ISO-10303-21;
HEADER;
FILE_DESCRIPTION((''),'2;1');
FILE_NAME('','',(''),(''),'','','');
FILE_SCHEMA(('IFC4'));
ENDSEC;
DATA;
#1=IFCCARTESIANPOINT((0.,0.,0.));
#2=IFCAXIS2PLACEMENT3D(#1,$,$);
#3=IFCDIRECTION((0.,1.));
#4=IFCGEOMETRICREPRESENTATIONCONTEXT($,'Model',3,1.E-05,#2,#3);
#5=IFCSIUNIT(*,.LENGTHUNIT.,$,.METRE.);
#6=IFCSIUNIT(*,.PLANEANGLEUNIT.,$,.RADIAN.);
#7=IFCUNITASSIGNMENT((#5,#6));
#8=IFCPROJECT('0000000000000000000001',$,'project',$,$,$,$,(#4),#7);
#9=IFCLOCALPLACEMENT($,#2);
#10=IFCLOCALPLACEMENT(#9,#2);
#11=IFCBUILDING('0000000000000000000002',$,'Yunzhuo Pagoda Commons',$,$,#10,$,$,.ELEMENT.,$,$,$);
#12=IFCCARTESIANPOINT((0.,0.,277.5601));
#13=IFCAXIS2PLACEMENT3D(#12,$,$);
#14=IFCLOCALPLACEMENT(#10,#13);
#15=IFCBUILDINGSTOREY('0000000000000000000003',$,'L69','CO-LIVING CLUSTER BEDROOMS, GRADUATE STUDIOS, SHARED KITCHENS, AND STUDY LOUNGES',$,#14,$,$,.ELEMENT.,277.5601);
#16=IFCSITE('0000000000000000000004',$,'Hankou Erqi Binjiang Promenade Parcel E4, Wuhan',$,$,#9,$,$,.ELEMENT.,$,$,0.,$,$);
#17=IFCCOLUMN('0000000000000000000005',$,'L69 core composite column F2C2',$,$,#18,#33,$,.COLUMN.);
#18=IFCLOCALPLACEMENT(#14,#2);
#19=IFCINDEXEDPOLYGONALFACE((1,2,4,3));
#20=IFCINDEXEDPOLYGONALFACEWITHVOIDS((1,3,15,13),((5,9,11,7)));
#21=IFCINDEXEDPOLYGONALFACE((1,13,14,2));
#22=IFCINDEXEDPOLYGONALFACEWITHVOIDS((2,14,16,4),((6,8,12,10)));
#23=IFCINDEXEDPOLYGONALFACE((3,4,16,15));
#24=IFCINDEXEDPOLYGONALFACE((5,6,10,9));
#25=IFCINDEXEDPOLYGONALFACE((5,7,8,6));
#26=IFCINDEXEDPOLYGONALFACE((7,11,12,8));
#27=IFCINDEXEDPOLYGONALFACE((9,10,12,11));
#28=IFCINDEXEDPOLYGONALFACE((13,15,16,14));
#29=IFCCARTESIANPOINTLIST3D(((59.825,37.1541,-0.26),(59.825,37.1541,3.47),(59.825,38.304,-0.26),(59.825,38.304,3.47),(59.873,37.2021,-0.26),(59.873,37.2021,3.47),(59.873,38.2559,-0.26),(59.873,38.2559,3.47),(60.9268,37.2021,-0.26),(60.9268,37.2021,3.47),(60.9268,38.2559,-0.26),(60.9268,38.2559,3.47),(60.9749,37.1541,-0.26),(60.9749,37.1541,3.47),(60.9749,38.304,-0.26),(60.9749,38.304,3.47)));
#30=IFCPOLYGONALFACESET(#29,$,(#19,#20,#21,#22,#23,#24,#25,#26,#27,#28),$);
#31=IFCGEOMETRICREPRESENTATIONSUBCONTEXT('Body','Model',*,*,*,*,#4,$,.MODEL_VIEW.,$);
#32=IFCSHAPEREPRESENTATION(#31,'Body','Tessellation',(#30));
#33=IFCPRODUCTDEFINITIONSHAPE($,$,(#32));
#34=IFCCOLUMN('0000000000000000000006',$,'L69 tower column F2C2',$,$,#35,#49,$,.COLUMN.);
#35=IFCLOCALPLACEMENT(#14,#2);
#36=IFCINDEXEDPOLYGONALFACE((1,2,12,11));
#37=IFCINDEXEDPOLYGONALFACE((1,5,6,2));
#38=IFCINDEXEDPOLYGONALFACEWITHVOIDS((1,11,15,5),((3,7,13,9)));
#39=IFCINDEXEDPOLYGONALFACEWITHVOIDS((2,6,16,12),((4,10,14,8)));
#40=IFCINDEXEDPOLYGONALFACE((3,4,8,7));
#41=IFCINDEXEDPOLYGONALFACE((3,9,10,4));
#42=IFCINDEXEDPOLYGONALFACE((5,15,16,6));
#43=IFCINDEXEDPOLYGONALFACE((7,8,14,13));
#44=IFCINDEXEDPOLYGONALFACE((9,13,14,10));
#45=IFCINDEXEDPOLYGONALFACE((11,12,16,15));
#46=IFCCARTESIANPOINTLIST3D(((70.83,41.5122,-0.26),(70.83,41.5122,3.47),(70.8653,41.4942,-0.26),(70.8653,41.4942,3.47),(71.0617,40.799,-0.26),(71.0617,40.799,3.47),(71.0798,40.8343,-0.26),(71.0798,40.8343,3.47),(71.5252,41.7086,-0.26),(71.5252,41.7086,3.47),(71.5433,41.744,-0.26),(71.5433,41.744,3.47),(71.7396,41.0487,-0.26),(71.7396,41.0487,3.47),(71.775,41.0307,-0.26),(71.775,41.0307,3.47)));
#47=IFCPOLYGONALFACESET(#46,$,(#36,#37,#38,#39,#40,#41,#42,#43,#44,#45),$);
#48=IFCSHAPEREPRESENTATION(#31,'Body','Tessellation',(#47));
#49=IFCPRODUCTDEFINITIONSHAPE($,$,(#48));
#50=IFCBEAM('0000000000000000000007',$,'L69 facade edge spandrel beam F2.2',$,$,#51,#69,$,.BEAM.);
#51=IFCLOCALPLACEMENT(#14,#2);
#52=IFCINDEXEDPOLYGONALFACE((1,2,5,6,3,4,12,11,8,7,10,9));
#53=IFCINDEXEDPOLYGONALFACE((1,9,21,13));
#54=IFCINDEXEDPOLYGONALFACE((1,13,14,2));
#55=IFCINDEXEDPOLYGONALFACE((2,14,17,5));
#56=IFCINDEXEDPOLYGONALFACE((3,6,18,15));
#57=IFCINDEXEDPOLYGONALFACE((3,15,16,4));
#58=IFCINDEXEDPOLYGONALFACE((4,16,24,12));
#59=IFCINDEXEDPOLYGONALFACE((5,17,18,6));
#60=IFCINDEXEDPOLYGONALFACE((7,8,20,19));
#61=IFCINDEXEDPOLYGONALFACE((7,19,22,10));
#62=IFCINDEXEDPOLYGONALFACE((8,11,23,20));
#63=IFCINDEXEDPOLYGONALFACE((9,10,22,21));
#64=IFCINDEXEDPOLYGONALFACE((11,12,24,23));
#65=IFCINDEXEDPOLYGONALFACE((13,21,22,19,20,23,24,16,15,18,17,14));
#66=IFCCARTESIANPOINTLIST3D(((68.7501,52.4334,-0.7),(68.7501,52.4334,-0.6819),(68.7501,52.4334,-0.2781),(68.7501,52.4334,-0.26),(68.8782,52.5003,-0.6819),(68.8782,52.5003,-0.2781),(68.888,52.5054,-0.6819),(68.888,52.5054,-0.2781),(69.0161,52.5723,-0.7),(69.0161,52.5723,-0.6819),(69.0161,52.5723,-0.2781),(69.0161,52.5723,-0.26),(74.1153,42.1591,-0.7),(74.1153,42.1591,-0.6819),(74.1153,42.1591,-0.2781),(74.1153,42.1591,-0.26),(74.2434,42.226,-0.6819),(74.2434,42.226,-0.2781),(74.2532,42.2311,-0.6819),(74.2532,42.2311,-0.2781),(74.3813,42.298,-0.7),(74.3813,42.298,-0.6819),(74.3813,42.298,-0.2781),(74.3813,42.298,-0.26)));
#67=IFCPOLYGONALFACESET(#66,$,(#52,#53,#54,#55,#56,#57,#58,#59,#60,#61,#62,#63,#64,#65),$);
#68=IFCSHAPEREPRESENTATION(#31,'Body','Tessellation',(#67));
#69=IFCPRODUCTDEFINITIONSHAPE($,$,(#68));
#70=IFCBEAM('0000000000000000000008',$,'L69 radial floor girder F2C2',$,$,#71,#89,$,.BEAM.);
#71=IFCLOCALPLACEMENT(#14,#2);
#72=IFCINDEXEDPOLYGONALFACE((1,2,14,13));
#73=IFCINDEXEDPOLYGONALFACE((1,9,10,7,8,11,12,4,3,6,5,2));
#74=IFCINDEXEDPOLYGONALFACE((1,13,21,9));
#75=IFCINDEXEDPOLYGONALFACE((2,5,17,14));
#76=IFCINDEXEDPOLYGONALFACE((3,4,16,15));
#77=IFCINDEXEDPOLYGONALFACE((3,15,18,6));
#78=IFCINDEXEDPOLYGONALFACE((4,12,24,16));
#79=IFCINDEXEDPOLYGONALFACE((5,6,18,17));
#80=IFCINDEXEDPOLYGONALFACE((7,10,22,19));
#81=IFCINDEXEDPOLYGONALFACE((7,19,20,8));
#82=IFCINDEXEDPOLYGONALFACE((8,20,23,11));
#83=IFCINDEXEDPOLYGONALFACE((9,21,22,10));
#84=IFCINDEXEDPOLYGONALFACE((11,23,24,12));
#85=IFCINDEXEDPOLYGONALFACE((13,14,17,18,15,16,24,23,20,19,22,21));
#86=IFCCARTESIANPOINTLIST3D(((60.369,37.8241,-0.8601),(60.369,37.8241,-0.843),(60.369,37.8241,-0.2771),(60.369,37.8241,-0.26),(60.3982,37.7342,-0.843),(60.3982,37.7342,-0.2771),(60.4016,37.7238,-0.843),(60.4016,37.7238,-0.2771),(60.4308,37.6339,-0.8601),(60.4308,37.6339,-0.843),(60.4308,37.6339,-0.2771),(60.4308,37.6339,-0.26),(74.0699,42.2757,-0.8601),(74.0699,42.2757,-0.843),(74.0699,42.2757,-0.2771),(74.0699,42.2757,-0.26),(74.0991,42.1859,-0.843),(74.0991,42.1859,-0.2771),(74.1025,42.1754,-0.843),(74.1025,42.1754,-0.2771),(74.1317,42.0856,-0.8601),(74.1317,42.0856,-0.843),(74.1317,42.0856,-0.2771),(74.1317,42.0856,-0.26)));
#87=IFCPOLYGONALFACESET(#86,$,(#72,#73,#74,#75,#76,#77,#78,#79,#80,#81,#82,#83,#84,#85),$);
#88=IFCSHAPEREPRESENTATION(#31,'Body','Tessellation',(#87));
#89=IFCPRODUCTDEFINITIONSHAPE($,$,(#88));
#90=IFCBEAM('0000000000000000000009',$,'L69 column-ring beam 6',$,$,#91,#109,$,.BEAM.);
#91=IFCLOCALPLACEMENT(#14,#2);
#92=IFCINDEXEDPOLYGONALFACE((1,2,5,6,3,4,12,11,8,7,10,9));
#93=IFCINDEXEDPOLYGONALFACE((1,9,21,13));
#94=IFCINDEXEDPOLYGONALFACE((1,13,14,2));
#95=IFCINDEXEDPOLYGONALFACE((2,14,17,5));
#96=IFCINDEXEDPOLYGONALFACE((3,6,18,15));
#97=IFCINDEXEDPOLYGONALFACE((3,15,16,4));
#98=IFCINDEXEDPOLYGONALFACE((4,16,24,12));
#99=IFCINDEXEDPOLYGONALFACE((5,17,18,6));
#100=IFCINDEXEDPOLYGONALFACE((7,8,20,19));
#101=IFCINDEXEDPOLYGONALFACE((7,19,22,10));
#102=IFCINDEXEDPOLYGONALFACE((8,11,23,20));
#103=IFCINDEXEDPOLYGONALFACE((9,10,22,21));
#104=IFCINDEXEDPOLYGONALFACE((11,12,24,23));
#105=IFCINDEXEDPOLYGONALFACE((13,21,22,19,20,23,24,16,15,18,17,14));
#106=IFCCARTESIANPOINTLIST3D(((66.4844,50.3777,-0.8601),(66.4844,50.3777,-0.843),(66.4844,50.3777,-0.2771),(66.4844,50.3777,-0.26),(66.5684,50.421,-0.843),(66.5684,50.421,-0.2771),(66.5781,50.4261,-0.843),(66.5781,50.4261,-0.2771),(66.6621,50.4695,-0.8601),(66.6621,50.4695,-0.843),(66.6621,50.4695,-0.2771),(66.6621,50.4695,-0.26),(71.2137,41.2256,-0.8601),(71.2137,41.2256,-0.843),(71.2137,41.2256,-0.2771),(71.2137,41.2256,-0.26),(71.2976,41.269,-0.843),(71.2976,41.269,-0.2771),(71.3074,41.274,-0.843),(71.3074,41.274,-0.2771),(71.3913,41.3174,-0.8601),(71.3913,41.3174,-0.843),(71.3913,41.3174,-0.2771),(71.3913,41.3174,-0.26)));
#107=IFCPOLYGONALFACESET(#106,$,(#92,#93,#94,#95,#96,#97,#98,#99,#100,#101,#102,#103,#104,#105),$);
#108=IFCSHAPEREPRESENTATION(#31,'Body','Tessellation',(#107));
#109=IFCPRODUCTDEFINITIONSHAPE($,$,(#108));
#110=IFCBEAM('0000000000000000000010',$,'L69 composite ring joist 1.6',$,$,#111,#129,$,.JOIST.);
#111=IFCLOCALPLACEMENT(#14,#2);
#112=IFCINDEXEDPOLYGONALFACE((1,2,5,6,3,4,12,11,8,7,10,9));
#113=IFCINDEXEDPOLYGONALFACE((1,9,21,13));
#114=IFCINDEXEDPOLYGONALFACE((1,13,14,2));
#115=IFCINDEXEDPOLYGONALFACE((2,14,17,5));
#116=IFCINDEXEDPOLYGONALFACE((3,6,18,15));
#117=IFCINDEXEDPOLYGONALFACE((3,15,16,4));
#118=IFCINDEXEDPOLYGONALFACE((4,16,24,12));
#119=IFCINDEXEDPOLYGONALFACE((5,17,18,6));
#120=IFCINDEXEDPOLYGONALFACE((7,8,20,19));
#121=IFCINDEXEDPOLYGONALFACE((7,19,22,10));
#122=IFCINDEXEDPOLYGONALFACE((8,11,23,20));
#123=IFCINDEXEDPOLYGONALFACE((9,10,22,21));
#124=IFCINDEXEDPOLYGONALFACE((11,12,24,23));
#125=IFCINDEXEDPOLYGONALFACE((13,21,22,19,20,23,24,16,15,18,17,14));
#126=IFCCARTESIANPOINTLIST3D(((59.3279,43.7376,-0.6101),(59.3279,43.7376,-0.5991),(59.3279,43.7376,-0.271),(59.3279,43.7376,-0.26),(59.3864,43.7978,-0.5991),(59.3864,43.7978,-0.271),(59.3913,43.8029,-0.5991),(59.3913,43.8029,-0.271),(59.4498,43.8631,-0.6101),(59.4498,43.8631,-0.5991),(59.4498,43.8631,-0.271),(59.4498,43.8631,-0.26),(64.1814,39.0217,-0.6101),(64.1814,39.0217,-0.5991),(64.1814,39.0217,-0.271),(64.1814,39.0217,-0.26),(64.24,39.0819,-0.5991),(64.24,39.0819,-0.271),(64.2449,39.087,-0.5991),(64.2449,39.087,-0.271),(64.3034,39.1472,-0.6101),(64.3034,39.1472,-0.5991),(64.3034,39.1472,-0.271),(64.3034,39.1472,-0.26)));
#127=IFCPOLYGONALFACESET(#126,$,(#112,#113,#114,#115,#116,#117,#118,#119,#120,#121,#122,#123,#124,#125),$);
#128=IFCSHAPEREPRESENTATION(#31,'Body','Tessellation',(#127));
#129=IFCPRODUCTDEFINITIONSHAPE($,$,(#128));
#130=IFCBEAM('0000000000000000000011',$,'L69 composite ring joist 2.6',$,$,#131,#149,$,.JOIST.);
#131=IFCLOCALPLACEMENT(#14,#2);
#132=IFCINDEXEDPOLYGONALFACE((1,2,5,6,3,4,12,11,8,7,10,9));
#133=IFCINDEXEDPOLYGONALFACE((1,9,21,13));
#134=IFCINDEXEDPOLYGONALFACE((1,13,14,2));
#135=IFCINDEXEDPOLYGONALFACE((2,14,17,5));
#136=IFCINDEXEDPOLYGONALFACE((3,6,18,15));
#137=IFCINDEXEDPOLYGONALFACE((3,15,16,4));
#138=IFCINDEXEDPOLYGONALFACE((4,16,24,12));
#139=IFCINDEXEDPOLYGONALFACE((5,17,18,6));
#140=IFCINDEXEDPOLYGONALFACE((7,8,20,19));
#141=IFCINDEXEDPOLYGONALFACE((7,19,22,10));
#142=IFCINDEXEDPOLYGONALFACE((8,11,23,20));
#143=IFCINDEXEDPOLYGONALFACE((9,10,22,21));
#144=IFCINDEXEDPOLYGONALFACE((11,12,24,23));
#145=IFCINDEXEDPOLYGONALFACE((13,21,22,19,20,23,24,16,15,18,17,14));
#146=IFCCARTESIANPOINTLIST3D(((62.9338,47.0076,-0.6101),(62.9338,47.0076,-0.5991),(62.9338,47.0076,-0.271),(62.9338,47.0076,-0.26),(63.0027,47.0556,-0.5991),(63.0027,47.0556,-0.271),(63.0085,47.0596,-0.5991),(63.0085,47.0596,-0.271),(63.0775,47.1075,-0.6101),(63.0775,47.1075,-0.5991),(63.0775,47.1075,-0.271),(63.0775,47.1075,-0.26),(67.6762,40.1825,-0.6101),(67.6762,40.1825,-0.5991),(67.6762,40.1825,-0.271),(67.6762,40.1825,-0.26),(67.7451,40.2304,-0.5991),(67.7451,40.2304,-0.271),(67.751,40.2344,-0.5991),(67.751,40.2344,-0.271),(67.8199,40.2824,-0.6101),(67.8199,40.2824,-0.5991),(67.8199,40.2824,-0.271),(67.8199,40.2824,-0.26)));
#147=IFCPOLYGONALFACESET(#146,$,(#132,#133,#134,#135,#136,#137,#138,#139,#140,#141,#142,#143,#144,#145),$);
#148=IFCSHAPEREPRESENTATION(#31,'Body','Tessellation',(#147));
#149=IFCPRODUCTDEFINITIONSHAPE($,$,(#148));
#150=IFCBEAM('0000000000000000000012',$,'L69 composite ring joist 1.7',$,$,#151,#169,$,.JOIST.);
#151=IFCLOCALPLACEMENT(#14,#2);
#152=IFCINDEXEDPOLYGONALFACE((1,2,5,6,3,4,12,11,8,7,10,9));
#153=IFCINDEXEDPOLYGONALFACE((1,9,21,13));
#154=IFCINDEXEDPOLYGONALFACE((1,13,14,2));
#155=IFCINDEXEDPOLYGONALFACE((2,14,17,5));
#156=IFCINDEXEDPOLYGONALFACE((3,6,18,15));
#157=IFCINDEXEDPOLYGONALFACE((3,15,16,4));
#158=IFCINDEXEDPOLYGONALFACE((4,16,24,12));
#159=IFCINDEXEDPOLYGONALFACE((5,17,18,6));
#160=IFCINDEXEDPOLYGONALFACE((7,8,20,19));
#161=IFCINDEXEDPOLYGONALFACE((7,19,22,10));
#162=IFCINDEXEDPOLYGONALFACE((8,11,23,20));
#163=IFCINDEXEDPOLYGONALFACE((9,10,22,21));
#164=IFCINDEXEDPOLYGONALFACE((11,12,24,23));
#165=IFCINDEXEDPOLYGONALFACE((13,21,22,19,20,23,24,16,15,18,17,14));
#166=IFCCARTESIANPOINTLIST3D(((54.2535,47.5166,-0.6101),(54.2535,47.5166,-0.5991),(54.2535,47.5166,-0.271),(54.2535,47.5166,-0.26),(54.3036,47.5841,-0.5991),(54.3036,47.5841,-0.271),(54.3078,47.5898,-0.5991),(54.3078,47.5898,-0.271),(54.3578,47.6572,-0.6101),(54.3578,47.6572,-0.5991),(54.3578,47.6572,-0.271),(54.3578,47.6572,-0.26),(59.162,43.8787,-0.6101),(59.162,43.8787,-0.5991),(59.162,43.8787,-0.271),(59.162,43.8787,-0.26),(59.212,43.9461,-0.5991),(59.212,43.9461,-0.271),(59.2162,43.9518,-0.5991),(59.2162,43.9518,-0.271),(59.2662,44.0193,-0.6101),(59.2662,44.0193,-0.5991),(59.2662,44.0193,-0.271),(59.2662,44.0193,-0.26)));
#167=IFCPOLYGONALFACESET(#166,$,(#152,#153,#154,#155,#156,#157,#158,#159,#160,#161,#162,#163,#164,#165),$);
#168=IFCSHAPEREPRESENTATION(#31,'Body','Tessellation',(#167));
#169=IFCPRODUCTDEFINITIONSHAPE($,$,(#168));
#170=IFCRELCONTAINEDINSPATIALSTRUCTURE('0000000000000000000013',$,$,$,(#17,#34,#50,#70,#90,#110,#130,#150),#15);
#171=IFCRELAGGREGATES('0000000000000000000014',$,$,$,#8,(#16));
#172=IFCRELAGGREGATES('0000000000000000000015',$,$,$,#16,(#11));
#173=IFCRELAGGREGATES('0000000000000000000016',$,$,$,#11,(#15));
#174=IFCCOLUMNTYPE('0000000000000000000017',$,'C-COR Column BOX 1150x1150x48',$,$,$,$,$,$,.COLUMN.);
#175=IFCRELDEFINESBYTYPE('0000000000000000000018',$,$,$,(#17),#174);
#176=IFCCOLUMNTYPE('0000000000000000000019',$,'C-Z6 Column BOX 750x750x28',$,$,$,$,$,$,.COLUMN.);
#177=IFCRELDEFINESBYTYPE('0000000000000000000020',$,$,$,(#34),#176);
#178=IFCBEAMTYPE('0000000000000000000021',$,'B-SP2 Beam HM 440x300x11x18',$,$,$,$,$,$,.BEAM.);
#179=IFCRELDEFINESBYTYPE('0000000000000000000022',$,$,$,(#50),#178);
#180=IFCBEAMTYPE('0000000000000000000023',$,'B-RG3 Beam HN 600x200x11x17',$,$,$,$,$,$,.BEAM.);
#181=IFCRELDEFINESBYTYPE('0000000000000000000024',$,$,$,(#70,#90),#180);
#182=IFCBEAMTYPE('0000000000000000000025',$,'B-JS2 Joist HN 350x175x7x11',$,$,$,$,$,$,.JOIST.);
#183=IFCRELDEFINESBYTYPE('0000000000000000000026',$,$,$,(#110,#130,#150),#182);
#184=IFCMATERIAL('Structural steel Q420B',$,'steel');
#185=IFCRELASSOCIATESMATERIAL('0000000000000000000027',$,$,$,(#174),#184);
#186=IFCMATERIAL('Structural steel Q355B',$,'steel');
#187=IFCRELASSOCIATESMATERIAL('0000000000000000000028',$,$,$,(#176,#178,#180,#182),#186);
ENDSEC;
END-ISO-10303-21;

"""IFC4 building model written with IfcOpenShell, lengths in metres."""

from ifc_helpers import new_model, si_unit, direction, frame, origin, origin_2d, place, context, subcontext, project, spatial, hollow_rectangle, i_section, extrude, source, transform, mapped, material, material_profile, profile_set, type_object, element, save


model = new_model("IFC4")

# Units and contexts
model_context = context("Model", 3, precision=1e-05, world=origin(), true_north=direction((0.0, 1.0)))
body_context = subcontext(model_context, "Body", "Model", "MODEL_VIEW")
ifc_project = project(units=[si_unit("LENGTHUNIT", "METRE"), si_unit("PLANEANGLEUNIT", "RADIAN")], contexts=[model_context])

# Site, building, storey
site_placement = place(None, origin())
site = spatial("IfcSite", under=ifc_project, at=site_placement, Name="Hankou Erqi Binjiang Promenade Parcel E4, Wuhan", CompositionType="ELEMENT", RefElevation=0.0)
building_placement = place(site_placement, origin())
building = spatial("IfcBuilding", under=site, at=building_placement, Name="Yunzhuo Pagoda Commons", CompositionType="ELEMENT")
storey_placement = place(building_placement, frame((0.0, 0.0, 277.5601)))
storey = spatial("IfcBuildingStorey", under=building, at=storey_placement, Name="L69", Description="CO-LIVING CLUSTER BEDROOMS, GRADUATE STUDIOS, SHARED KITCHENS, AND STUDY LOUNGES", CompositionType="ELEMENT", Elevation=277.5601)

# Columns
ifc_material_1 = material(Name="Structural steel Q420B", Category="steel")
ifc_material_profile_1 = material_profile(ifc_material_1, hollow_rectangle(XDim=1.1499, YDim=1.1499, WallThickness=0.0481, at=origin_2d()), Name="Structural steel Q420B")
ifc_profile_set_1 = profile_set([ifc_material_profile_1], Name="Structural steel Q420B")
column_type_1 = type_object("IfcColumnType", Name="C-COR Column BOX 1150x1150x48", PredefinedType="COLUMN", material=ifc_profile_set_1)
shared_shape_1 = source(origin(), body_context, "Body", "SweptSolid", [
    extrude(hollow_rectangle(XDim=1.1499, YDim=1.1499, WallThickness=0.0481, at=origin_2d()), origin(), (0.0, 0.0, 1.0), 3.73),
])
column_1_placement = place(storey_placement, frame((60.3999, 37.729, -0.26), z_axis=(0.0, 0.0, 1.0), x_axis=(1.0, 0.0, 0.0)))
element("IfcColumn", 1, at=column_1_placement, inside=storey, type_object=column_type_1, Name="L69 core composite column F2C2", PredefinedType="COLUMN", context=body_context, shape_type="MappedRepresentation", body=[
    mapped(shared_shape_1, transform((0.0, 0.0, 0.0), scale=1.0)),
])
ifc_material_2 = material(Name="Structural steel Q355B", Category="steel")
ifc_material_profile_2 = material_profile(ifc_material_2, hollow_rectangle(XDim=0.75, YDim=0.75, WallThickness=0.0281, at=origin_2d()), Name="Structural steel Q355B")
ifc_profile_set_2 = profile_set([ifc_material_profile_2], Name="Structural steel Q355B")
column_type_2 = type_object("IfcColumnType", Name="C-Z6 Column BOX 750x750x28", PredefinedType="COLUMN", material=ifc_profile_set_2)
shared_shape_2 = source(origin(), body_context, "Body", "SweptSolid", [
    extrude(hollow_rectangle(XDim=0.75, YDim=0.75, WallThickness=0.0281, at=origin_2d()), origin(), (0.0, 0.0, 1.0), 3.73),
])
column_2_placement = place(storey_placement, frame((71.3025, 41.2715, -0.26), z_axis=(0.0, 0.0, 1.0), x_axis=(-0.309017, 0.951057, 0.0)))
element("IfcColumn", 2, at=column_2_placement, inside=storey, type_object=column_type_2, Name="L69 tower column F2C2", PredefinedType="COLUMN", context=body_context, shape_type="MappedRepresentation", body=[
    mapped(shared_shape_2, transform((0.0, 0.0, 0.0), scale=1.0)),
])

# Beams
ifc_material_profile_3 = material_profile(ifc_material_2, i_section(OverallWidth=0.3, OverallDepth=0.4399, WebThickness=0.011, FlangeThickness=0.0181, at=origin_2d()), Name="Structural steel Q355B")
ifc_profile_set_3 = profile_set([ifc_material_profile_3], Name="Structural steel Q355B")
beam_type_1 = type_object("IfcBeamType", Name="B-SP2 Beam HM 440x300x11x18", PredefinedType="BEAM", material=ifc_profile_set_3)
shared_shape_3 = source(origin(), body_context, "Body", "SweptSolid", [
    extrude(i_section(OverallWidth=0.3, OverallDepth=0.4399, WebThickness=0.011, FlangeThickness=0.0181, at=origin_2d()), origin(), (0.0, 0.0, 1.0), 11.5908),
])
beam_1_placement = place(storey_placement, frame((74.2483, 42.2285, -0.48), z_axis=(-0.462883, 0.88642, 0.0), x_axis=(-0.88642, -0.462883, 0.0)))
element("IfcBeam", 3, at=beam_1_placement, inside=storey, type_object=beam_type_1, Name="L69 facade edge spandrel beam F2.2", PredefinedType="BEAM", context=body_context, shape_type="MappedRepresentation", body=[
    mapped(shared_shape_3, transform((0.0, 0.0, 0.0), scale=1.0)),
])
ifc_material_profile_4 = material_profile(ifc_material_2, i_section(OverallWidth=0.2, OverallDepth=0.6001, WebThickness=0.011, FlangeThickness=0.0171, at=origin_2d()), Name="Structural steel Q355B")
ifc_profile_set_4 = profile_set([ifc_material_profile_4], Name="Structural steel Q355B")
beam_type_2 = type_object("IfcBeamType", Name="B-RG3 Beam HN 600x200x11x17", PredefinedType="BEAM", material=ifc_profile_set_4)
shared_shape_4 = source(origin(), body_context, "Body", "SweptSolid", [
    extrude(i_section(OverallWidth=0.2, OverallDepth=0.6001, WebThickness=0.011, FlangeThickness=0.0171, at=origin_2d()), origin(), (0.0, 0.0, 1.0), 14.406),
])
beam_2_placement = place(storey_placement, frame((74.1008, 42.1807, -0.5601), z_axis=(-0.951057, -0.309014, 0.0), x_axis=(0.309014, -0.951057, 0.0)))
element("IfcBeam", 4, at=beam_2_placement, inside=storey, type_object=beam_type_2, Name="L69 radial floor girder F2C2", PredefinedType="BEAM", context=body_context, shape_type="MappedRepresentation", body=[
    mapped(shared_shape_4, transform((0.0, 0.0, 0.0), scale=1.0)),
])
shared_shape_5 = source(origin(), body_context, "Body", "SweptSolid", [
    extrude(i_section(OverallWidth=0.2, OverallDepth=0.6001, WebThickness=0.011, FlangeThickness=0.0171, at=origin_2d()), origin(), (0.0, 0.0, 1.0), 10.3018),
])
beam_3_placement = place(storey_placement, frame((71.3025, 41.2715, -0.5601), z_axis=(-0.459071, 0.8884, 0.0), x_axis=(-0.8884, -0.459071, 0.0)))
element("IfcBeam", 5, at=beam_3_placement, inside=storey, type_object=beam_type_2, Name="L69 column-ring beam 6", PredefinedType="BEAM", context=body_context, shape_type="MappedRepresentation", body=[
    mapped(shared_shape_5, transform((0.0, 0.0, 0.0), scale=1.0)),
])
ifc_material_profile_5 = material_profile(ifc_material_2, i_section(OverallWidth=0.175, OverallDepth=0.3501, WebThickness=0.0071, FlangeThickness=0.011, at=origin_2d()), Name="Structural steel Q355B")
ifc_profile_set_5 = profile_set([ifc_material_profile_5], Name="Structural steel Q355B")
beam_type_3 = type_object("IfcBeamType", Name="B-JS2 Joist HN 350x175x7x11", PredefinedType="JOIST", material=ifc_profile_set_5)
shared_shape_6 = source(origin(), body_context, "Body", "SweptSolid", [
    extrude(i_section(OverallWidth=0.175, OverallDepth=0.3501, WebThickness=0.0071, FlangeThickness=0.011, at=origin_2d()), origin(), (0.0, 0.0, 1.0), 6.7673),
])
beam_4_placement = place(storey_placement, frame((64.2424, 39.0845, -0.4351), z_axis=(-0.717207, 0.69686, 0.0), x_axis=(-0.69686, -0.717207, 0.0)))
element("IfcBeam", 6, at=beam_4_placement, inside=storey, type_object=beam_type_3, Name="L69 composite ring joist 1.6", PredefinedType="JOIST", context=body_context, shape_type="MappedRepresentation", body=[
    mapped(shared_shape_6, transform((0.0, 0.0, 0.0), scale=1.0)),
])
shared_shape_7 = source(origin(), body_context, "Body", "SweptSolid", [
    extrude(i_section(OverallWidth=0.175, OverallDepth=0.3501, WebThickness=0.0071, FlangeThickness=0.011, at=origin_2d()), origin(), (0.0, 0.0, 1.0), 8.311),
])
beam_5_placement = place(storey_placement, frame((67.748, 40.2324, -0.4351), z_axis=(-0.570616, 0.821217, 0.0), x_axis=(-0.821217, -0.570616, 0.0)))
element("IfcBeam", 7, at=beam_5_placement, inside=storey, type_object=beam_type_3, Name="L69 composite ring joist 2.6", PredefinedType="JOIST", context=body_context, shape_type="MappedRepresentation", body=[
    mapped(shared_shape_7, transform((0.0, 0.0, 0.0), scale=1.0)),
])
shared_shape_8 = source(origin(), body_context, "Body", "SweptSolid", [
    extrude(i_section(OverallWidth=0.175, OverallDepth=0.3501, WebThickness=0.0071, FlangeThickness=0.011, at=origin_2d()), origin(), (0.0, 0.0, 1.0), 6.1096),
])
beam_6_placement = place(storey_placement, frame((59.2141, 43.949, -0.4351), z_axis=(-0.803396, 0.595444, 0.0), x_axis=(-0.595444, -0.803396, 0.0)))
element("IfcBeam", 8, at=beam_6_placement, inside=storey, type_object=beam_type_3, Name="L69 composite ring joist 1.7", PredefinedType="JOIST", context=body_context, shape_type="MappedRepresentation", body=[
    mapped(shared_shape_8, transform((0.0, 0.0, 0.0), scale=1.0)),
])

save(model, "model.ifc")
